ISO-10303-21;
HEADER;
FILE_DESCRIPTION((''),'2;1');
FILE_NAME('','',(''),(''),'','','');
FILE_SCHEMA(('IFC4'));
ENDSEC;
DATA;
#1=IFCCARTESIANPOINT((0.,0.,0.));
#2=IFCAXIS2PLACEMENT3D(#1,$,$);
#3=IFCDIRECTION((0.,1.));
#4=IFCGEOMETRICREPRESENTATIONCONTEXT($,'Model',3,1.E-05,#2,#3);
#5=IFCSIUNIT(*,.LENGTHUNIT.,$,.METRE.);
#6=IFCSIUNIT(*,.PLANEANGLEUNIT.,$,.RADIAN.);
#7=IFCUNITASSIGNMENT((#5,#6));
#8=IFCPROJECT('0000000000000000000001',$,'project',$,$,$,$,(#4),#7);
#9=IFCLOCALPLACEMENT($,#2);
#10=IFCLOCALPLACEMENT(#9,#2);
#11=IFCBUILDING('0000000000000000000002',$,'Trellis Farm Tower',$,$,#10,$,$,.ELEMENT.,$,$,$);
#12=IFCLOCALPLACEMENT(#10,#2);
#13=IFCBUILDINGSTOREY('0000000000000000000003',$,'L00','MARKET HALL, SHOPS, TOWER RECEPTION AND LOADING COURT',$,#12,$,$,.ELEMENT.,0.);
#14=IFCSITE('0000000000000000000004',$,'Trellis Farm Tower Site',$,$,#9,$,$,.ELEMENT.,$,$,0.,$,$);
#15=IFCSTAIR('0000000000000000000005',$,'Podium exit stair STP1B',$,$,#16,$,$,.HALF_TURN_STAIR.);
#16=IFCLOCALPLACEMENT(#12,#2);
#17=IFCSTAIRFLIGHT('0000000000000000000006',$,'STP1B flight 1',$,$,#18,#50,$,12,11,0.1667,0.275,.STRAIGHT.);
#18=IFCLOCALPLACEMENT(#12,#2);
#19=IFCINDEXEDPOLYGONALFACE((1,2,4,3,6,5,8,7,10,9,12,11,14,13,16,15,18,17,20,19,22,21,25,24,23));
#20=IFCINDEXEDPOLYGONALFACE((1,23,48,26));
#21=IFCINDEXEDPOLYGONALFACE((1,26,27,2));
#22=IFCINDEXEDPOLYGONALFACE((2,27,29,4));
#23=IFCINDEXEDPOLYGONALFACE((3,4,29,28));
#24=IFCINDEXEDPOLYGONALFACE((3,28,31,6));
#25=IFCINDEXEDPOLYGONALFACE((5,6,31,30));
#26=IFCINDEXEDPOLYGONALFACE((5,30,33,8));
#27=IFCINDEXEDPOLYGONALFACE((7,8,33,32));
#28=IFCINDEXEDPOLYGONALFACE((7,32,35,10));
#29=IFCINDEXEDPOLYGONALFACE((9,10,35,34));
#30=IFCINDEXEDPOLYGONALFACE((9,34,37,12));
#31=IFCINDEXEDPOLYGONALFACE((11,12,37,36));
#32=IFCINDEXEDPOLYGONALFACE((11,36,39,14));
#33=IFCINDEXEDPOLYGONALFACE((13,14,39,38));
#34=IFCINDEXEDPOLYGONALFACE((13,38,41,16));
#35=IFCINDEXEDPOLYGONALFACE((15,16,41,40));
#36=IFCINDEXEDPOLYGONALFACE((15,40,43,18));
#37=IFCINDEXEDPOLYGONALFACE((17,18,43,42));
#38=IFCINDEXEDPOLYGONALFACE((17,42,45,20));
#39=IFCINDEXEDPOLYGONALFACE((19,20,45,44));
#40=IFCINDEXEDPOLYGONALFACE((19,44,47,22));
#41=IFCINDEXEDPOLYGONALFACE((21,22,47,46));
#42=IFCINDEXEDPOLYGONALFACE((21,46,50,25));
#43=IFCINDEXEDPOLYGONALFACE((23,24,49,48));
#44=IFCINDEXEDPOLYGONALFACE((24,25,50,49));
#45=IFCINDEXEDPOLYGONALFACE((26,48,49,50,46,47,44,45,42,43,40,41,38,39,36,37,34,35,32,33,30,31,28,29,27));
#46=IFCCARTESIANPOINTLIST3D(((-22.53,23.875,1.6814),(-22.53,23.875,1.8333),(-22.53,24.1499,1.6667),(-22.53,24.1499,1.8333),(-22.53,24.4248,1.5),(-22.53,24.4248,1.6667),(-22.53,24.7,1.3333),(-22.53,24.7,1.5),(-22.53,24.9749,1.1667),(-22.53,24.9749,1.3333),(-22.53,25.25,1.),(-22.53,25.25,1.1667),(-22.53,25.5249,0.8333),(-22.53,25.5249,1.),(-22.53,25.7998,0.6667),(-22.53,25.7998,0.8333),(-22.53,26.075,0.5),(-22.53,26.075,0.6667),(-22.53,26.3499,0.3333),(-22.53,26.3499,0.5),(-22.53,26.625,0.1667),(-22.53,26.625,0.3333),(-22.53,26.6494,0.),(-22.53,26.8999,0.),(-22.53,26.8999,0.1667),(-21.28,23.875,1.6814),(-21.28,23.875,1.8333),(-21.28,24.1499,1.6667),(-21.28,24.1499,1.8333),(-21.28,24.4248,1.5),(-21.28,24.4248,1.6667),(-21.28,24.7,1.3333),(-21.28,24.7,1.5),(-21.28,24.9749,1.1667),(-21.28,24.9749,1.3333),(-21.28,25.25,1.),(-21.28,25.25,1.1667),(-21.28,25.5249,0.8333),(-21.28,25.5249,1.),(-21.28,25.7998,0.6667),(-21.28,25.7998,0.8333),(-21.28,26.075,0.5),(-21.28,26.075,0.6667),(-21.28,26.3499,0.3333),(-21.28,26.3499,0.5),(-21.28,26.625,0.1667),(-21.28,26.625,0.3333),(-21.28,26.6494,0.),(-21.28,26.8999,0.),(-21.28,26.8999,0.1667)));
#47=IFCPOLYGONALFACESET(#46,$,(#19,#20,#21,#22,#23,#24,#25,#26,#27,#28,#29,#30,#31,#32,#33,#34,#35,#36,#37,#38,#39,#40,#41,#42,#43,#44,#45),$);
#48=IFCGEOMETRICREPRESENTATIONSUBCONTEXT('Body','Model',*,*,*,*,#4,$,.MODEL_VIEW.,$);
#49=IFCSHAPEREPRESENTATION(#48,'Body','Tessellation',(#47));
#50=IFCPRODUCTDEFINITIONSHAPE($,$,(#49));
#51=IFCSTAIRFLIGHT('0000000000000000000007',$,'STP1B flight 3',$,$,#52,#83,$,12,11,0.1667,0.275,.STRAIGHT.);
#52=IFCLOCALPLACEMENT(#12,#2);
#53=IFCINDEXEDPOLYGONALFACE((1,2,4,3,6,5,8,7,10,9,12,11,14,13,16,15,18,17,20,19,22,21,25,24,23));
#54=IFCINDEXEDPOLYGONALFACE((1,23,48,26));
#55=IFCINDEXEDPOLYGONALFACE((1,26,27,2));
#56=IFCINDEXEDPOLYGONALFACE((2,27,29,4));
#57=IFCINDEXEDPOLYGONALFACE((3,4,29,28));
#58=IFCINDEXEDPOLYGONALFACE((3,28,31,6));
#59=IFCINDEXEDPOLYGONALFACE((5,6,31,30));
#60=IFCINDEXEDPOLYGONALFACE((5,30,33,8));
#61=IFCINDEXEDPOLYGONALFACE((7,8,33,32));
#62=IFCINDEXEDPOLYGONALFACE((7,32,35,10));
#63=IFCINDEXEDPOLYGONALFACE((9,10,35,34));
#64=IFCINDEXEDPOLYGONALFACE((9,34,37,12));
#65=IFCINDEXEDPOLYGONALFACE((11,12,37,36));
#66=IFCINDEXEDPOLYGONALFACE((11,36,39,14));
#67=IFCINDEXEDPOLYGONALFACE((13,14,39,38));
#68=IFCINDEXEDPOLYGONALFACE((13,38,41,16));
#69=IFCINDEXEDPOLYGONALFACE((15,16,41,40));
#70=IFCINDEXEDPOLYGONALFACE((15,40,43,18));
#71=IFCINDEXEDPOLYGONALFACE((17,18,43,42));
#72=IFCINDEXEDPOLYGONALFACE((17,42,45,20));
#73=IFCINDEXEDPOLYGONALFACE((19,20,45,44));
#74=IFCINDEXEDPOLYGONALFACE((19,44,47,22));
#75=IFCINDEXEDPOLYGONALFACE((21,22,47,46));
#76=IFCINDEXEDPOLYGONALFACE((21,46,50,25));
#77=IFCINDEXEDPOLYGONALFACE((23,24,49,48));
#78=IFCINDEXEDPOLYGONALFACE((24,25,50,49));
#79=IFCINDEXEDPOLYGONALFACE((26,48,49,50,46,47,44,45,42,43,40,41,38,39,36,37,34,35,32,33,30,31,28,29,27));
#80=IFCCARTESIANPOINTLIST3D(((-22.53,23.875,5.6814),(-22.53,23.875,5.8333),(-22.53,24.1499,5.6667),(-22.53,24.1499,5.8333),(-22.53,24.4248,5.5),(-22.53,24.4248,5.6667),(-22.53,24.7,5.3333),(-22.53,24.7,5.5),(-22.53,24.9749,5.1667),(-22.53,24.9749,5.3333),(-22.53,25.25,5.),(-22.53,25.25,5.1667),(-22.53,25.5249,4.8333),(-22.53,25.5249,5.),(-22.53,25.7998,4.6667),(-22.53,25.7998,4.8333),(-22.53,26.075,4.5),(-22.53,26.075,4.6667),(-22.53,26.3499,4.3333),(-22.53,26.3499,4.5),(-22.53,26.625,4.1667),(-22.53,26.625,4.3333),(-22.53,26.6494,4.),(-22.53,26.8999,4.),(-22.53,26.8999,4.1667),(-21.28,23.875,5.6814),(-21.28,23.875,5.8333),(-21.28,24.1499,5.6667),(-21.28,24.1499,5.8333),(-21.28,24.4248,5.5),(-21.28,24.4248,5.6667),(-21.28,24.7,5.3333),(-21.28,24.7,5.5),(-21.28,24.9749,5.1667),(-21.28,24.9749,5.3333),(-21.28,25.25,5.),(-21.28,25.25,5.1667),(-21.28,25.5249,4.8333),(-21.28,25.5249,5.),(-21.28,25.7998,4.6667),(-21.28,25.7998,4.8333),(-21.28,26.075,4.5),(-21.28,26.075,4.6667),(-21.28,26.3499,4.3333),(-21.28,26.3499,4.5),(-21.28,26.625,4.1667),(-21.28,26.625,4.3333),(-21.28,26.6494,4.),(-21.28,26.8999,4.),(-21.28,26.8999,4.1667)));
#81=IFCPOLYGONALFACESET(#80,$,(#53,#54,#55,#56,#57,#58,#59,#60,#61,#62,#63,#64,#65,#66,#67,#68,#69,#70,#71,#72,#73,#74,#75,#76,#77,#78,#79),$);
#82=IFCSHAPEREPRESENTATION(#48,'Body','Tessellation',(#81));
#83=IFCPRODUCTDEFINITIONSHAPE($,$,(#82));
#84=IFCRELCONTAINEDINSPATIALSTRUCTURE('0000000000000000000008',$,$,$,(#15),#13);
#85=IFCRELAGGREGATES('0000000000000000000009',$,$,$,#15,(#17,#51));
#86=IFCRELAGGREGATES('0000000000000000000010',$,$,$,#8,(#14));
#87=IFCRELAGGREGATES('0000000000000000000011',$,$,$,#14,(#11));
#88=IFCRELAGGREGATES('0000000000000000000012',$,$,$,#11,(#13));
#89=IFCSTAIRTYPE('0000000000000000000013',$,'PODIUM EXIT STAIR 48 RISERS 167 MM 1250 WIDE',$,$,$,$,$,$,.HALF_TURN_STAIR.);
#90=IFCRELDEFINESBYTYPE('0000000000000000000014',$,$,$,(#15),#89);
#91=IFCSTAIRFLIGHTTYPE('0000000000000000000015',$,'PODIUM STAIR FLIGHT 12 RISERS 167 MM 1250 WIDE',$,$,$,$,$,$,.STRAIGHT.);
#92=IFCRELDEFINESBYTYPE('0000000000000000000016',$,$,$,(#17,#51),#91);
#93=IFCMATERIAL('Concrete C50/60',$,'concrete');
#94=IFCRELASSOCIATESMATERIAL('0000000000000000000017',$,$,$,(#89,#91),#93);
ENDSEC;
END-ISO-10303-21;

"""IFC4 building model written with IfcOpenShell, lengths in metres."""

from ifc_helpers import new_model, si_unit, direction, frame, origin, place, context, subcontext, project, spatial, polyline, outline, extrude, source, transform, mapped, material, type_object, element, aggregate, save


model = new_model("IFC4")

# Units and contexts
model_context = context("Model", 3, precision=1e-05, world=origin(), true_north=direction((0.0, 1.0)))
body_context = subcontext(model_context, "Body", "Model", "MODEL_VIEW")
ifc_project = project(units=[si_unit("LENGTHUNIT", "METRE"), si_unit("PLANEANGLEUNIT", "RADIAN")], contexts=[model_context])

# Site, building, storey
site_placement = place(None, origin())
site = spatial("IfcSite", under=ifc_project, at=site_placement, Name="Trellis Farm Tower Site", CompositionType="ELEMENT", RefElevation=0.0)
building_placement = place(site_placement, origin())
building = spatial("IfcBuilding", under=site, at=building_placement, Name="Trellis Farm Tower", CompositionType="ELEMENT")
storey_placement = place(building_placement, origin())
storey = spatial("IfcBuildingStorey", under=building, at=storey_placement, Name="L00", Description="MARKET HALL, SHOPS, TOWER RECEPTION AND LOADING COURT", CompositionType="ELEMENT", Elevation=0.0)

# Stair, stair flights
ifc_material_1 = material(Name="Concrete C50/60", Category="concrete")
stair_type = type_object("IfcStairType", Name="PODIUM EXIT STAIR 48 RISERS 167 MM 1250 WIDE", PredefinedType="HALF_TURN_STAIR", material=ifc_material_1)
placement = place(storey_placement, origin())
stair_flight_type = type_object("IfcStairFlightType", Name="PODIUM STAIR FLIGHT 12 RISERS 167 MM 1250 WIDE", PredefinedType="STRAIGHT", material=ifc_material_1)
shared_shape_1 = source(origin(), body_context, "Body", "SweptSolid", [
    extrude(outline(polyline([(0.0, 0.0), (0.0, 0.1667), (0.2749, 0.1667), (0.2749, 0.3333), (0.55, 0.3333), (0.55, 0.5), (0.825, 0.5), (0.825, 0.6667), (1.1001, 0.6667), (1.1001, 0.8333), (1.375, 0.8333), (1.375, 1.0), (1.6499, 1.0), (1.6499, 1.1667), (1.925, 1.1667), (1.925, 1.3333), (2.2, 1.3333), (2.2, 1.5), (2.4751, 1.5), (2.4751, 1.6667), (2.75, 1.6667), (2.75, 1.8333), (3.0249, 1.8333), (3.0249, 2.0), (3.0249, 1.6814), (0.2505, 0.0), (0.0, 0.0)])), frame((0.0, 0.625, 0.0), z_axis=(0.0, -1.0, 0.0), x_axis=(1.0, 0.0, 0.0)), (0.0, 0.0, 1.0), 1.25),
])
stair_1 = element("IfcStair", 1, at=placement, inside=storey, type_object=stair_type, Name="Podium exit stair STP1B", PredefinedType="HALF_TURN_STAIR")
stair_flight_1_placement = place(storey_placement, frame((-21.905, 26.8999, 0.0), z_axis=(0.0, 0.0, 1.0), x_axis=(0.0, -1.0, 0.0)))
stair_flight_1 = element("IfcStairFlight", 2, at=stair_flight_1_placement, type_object=stair_flight_type, Name="STP1B flight 1", NumberOfRisers=12, NumberOfTreads=11, PredefinedType="STRAIGHT", RiserHeight=0.1667, TreadLength=0.275, context=body_context, shape_type="MappedRepresentation", body=[
    mapped(shared_shape_1, transform((0.0, 0.0, 0.0))),
])
stair_flight_2_placement = place(storey_placement, frame((-21.905, 26.8999, 4.0), z_axis=(0.0, 0.0, 1.0), x_axis=(0.0, -1.0, 0.0)))
stair_flight_2 = element("IfcStairFlight", 3, at=stair_flight_2_placement, type_object=stair_flight_type, Name="STP1B flight 3", NumberOfRisers=12, NumberOfTreads=11, PredefinedType="STRAIGHT", RiserHeight=0.1667, TreadLength=0.275, context=body_context, shape_type="MappedRepresentation", body=[
    mapped(shared_shape_1, transform((0.0, 0.0, 0.0))),
])
aggregate(stair_1, [stair_flight_1, stair_flight_2])

save(model, "model.ifc")
